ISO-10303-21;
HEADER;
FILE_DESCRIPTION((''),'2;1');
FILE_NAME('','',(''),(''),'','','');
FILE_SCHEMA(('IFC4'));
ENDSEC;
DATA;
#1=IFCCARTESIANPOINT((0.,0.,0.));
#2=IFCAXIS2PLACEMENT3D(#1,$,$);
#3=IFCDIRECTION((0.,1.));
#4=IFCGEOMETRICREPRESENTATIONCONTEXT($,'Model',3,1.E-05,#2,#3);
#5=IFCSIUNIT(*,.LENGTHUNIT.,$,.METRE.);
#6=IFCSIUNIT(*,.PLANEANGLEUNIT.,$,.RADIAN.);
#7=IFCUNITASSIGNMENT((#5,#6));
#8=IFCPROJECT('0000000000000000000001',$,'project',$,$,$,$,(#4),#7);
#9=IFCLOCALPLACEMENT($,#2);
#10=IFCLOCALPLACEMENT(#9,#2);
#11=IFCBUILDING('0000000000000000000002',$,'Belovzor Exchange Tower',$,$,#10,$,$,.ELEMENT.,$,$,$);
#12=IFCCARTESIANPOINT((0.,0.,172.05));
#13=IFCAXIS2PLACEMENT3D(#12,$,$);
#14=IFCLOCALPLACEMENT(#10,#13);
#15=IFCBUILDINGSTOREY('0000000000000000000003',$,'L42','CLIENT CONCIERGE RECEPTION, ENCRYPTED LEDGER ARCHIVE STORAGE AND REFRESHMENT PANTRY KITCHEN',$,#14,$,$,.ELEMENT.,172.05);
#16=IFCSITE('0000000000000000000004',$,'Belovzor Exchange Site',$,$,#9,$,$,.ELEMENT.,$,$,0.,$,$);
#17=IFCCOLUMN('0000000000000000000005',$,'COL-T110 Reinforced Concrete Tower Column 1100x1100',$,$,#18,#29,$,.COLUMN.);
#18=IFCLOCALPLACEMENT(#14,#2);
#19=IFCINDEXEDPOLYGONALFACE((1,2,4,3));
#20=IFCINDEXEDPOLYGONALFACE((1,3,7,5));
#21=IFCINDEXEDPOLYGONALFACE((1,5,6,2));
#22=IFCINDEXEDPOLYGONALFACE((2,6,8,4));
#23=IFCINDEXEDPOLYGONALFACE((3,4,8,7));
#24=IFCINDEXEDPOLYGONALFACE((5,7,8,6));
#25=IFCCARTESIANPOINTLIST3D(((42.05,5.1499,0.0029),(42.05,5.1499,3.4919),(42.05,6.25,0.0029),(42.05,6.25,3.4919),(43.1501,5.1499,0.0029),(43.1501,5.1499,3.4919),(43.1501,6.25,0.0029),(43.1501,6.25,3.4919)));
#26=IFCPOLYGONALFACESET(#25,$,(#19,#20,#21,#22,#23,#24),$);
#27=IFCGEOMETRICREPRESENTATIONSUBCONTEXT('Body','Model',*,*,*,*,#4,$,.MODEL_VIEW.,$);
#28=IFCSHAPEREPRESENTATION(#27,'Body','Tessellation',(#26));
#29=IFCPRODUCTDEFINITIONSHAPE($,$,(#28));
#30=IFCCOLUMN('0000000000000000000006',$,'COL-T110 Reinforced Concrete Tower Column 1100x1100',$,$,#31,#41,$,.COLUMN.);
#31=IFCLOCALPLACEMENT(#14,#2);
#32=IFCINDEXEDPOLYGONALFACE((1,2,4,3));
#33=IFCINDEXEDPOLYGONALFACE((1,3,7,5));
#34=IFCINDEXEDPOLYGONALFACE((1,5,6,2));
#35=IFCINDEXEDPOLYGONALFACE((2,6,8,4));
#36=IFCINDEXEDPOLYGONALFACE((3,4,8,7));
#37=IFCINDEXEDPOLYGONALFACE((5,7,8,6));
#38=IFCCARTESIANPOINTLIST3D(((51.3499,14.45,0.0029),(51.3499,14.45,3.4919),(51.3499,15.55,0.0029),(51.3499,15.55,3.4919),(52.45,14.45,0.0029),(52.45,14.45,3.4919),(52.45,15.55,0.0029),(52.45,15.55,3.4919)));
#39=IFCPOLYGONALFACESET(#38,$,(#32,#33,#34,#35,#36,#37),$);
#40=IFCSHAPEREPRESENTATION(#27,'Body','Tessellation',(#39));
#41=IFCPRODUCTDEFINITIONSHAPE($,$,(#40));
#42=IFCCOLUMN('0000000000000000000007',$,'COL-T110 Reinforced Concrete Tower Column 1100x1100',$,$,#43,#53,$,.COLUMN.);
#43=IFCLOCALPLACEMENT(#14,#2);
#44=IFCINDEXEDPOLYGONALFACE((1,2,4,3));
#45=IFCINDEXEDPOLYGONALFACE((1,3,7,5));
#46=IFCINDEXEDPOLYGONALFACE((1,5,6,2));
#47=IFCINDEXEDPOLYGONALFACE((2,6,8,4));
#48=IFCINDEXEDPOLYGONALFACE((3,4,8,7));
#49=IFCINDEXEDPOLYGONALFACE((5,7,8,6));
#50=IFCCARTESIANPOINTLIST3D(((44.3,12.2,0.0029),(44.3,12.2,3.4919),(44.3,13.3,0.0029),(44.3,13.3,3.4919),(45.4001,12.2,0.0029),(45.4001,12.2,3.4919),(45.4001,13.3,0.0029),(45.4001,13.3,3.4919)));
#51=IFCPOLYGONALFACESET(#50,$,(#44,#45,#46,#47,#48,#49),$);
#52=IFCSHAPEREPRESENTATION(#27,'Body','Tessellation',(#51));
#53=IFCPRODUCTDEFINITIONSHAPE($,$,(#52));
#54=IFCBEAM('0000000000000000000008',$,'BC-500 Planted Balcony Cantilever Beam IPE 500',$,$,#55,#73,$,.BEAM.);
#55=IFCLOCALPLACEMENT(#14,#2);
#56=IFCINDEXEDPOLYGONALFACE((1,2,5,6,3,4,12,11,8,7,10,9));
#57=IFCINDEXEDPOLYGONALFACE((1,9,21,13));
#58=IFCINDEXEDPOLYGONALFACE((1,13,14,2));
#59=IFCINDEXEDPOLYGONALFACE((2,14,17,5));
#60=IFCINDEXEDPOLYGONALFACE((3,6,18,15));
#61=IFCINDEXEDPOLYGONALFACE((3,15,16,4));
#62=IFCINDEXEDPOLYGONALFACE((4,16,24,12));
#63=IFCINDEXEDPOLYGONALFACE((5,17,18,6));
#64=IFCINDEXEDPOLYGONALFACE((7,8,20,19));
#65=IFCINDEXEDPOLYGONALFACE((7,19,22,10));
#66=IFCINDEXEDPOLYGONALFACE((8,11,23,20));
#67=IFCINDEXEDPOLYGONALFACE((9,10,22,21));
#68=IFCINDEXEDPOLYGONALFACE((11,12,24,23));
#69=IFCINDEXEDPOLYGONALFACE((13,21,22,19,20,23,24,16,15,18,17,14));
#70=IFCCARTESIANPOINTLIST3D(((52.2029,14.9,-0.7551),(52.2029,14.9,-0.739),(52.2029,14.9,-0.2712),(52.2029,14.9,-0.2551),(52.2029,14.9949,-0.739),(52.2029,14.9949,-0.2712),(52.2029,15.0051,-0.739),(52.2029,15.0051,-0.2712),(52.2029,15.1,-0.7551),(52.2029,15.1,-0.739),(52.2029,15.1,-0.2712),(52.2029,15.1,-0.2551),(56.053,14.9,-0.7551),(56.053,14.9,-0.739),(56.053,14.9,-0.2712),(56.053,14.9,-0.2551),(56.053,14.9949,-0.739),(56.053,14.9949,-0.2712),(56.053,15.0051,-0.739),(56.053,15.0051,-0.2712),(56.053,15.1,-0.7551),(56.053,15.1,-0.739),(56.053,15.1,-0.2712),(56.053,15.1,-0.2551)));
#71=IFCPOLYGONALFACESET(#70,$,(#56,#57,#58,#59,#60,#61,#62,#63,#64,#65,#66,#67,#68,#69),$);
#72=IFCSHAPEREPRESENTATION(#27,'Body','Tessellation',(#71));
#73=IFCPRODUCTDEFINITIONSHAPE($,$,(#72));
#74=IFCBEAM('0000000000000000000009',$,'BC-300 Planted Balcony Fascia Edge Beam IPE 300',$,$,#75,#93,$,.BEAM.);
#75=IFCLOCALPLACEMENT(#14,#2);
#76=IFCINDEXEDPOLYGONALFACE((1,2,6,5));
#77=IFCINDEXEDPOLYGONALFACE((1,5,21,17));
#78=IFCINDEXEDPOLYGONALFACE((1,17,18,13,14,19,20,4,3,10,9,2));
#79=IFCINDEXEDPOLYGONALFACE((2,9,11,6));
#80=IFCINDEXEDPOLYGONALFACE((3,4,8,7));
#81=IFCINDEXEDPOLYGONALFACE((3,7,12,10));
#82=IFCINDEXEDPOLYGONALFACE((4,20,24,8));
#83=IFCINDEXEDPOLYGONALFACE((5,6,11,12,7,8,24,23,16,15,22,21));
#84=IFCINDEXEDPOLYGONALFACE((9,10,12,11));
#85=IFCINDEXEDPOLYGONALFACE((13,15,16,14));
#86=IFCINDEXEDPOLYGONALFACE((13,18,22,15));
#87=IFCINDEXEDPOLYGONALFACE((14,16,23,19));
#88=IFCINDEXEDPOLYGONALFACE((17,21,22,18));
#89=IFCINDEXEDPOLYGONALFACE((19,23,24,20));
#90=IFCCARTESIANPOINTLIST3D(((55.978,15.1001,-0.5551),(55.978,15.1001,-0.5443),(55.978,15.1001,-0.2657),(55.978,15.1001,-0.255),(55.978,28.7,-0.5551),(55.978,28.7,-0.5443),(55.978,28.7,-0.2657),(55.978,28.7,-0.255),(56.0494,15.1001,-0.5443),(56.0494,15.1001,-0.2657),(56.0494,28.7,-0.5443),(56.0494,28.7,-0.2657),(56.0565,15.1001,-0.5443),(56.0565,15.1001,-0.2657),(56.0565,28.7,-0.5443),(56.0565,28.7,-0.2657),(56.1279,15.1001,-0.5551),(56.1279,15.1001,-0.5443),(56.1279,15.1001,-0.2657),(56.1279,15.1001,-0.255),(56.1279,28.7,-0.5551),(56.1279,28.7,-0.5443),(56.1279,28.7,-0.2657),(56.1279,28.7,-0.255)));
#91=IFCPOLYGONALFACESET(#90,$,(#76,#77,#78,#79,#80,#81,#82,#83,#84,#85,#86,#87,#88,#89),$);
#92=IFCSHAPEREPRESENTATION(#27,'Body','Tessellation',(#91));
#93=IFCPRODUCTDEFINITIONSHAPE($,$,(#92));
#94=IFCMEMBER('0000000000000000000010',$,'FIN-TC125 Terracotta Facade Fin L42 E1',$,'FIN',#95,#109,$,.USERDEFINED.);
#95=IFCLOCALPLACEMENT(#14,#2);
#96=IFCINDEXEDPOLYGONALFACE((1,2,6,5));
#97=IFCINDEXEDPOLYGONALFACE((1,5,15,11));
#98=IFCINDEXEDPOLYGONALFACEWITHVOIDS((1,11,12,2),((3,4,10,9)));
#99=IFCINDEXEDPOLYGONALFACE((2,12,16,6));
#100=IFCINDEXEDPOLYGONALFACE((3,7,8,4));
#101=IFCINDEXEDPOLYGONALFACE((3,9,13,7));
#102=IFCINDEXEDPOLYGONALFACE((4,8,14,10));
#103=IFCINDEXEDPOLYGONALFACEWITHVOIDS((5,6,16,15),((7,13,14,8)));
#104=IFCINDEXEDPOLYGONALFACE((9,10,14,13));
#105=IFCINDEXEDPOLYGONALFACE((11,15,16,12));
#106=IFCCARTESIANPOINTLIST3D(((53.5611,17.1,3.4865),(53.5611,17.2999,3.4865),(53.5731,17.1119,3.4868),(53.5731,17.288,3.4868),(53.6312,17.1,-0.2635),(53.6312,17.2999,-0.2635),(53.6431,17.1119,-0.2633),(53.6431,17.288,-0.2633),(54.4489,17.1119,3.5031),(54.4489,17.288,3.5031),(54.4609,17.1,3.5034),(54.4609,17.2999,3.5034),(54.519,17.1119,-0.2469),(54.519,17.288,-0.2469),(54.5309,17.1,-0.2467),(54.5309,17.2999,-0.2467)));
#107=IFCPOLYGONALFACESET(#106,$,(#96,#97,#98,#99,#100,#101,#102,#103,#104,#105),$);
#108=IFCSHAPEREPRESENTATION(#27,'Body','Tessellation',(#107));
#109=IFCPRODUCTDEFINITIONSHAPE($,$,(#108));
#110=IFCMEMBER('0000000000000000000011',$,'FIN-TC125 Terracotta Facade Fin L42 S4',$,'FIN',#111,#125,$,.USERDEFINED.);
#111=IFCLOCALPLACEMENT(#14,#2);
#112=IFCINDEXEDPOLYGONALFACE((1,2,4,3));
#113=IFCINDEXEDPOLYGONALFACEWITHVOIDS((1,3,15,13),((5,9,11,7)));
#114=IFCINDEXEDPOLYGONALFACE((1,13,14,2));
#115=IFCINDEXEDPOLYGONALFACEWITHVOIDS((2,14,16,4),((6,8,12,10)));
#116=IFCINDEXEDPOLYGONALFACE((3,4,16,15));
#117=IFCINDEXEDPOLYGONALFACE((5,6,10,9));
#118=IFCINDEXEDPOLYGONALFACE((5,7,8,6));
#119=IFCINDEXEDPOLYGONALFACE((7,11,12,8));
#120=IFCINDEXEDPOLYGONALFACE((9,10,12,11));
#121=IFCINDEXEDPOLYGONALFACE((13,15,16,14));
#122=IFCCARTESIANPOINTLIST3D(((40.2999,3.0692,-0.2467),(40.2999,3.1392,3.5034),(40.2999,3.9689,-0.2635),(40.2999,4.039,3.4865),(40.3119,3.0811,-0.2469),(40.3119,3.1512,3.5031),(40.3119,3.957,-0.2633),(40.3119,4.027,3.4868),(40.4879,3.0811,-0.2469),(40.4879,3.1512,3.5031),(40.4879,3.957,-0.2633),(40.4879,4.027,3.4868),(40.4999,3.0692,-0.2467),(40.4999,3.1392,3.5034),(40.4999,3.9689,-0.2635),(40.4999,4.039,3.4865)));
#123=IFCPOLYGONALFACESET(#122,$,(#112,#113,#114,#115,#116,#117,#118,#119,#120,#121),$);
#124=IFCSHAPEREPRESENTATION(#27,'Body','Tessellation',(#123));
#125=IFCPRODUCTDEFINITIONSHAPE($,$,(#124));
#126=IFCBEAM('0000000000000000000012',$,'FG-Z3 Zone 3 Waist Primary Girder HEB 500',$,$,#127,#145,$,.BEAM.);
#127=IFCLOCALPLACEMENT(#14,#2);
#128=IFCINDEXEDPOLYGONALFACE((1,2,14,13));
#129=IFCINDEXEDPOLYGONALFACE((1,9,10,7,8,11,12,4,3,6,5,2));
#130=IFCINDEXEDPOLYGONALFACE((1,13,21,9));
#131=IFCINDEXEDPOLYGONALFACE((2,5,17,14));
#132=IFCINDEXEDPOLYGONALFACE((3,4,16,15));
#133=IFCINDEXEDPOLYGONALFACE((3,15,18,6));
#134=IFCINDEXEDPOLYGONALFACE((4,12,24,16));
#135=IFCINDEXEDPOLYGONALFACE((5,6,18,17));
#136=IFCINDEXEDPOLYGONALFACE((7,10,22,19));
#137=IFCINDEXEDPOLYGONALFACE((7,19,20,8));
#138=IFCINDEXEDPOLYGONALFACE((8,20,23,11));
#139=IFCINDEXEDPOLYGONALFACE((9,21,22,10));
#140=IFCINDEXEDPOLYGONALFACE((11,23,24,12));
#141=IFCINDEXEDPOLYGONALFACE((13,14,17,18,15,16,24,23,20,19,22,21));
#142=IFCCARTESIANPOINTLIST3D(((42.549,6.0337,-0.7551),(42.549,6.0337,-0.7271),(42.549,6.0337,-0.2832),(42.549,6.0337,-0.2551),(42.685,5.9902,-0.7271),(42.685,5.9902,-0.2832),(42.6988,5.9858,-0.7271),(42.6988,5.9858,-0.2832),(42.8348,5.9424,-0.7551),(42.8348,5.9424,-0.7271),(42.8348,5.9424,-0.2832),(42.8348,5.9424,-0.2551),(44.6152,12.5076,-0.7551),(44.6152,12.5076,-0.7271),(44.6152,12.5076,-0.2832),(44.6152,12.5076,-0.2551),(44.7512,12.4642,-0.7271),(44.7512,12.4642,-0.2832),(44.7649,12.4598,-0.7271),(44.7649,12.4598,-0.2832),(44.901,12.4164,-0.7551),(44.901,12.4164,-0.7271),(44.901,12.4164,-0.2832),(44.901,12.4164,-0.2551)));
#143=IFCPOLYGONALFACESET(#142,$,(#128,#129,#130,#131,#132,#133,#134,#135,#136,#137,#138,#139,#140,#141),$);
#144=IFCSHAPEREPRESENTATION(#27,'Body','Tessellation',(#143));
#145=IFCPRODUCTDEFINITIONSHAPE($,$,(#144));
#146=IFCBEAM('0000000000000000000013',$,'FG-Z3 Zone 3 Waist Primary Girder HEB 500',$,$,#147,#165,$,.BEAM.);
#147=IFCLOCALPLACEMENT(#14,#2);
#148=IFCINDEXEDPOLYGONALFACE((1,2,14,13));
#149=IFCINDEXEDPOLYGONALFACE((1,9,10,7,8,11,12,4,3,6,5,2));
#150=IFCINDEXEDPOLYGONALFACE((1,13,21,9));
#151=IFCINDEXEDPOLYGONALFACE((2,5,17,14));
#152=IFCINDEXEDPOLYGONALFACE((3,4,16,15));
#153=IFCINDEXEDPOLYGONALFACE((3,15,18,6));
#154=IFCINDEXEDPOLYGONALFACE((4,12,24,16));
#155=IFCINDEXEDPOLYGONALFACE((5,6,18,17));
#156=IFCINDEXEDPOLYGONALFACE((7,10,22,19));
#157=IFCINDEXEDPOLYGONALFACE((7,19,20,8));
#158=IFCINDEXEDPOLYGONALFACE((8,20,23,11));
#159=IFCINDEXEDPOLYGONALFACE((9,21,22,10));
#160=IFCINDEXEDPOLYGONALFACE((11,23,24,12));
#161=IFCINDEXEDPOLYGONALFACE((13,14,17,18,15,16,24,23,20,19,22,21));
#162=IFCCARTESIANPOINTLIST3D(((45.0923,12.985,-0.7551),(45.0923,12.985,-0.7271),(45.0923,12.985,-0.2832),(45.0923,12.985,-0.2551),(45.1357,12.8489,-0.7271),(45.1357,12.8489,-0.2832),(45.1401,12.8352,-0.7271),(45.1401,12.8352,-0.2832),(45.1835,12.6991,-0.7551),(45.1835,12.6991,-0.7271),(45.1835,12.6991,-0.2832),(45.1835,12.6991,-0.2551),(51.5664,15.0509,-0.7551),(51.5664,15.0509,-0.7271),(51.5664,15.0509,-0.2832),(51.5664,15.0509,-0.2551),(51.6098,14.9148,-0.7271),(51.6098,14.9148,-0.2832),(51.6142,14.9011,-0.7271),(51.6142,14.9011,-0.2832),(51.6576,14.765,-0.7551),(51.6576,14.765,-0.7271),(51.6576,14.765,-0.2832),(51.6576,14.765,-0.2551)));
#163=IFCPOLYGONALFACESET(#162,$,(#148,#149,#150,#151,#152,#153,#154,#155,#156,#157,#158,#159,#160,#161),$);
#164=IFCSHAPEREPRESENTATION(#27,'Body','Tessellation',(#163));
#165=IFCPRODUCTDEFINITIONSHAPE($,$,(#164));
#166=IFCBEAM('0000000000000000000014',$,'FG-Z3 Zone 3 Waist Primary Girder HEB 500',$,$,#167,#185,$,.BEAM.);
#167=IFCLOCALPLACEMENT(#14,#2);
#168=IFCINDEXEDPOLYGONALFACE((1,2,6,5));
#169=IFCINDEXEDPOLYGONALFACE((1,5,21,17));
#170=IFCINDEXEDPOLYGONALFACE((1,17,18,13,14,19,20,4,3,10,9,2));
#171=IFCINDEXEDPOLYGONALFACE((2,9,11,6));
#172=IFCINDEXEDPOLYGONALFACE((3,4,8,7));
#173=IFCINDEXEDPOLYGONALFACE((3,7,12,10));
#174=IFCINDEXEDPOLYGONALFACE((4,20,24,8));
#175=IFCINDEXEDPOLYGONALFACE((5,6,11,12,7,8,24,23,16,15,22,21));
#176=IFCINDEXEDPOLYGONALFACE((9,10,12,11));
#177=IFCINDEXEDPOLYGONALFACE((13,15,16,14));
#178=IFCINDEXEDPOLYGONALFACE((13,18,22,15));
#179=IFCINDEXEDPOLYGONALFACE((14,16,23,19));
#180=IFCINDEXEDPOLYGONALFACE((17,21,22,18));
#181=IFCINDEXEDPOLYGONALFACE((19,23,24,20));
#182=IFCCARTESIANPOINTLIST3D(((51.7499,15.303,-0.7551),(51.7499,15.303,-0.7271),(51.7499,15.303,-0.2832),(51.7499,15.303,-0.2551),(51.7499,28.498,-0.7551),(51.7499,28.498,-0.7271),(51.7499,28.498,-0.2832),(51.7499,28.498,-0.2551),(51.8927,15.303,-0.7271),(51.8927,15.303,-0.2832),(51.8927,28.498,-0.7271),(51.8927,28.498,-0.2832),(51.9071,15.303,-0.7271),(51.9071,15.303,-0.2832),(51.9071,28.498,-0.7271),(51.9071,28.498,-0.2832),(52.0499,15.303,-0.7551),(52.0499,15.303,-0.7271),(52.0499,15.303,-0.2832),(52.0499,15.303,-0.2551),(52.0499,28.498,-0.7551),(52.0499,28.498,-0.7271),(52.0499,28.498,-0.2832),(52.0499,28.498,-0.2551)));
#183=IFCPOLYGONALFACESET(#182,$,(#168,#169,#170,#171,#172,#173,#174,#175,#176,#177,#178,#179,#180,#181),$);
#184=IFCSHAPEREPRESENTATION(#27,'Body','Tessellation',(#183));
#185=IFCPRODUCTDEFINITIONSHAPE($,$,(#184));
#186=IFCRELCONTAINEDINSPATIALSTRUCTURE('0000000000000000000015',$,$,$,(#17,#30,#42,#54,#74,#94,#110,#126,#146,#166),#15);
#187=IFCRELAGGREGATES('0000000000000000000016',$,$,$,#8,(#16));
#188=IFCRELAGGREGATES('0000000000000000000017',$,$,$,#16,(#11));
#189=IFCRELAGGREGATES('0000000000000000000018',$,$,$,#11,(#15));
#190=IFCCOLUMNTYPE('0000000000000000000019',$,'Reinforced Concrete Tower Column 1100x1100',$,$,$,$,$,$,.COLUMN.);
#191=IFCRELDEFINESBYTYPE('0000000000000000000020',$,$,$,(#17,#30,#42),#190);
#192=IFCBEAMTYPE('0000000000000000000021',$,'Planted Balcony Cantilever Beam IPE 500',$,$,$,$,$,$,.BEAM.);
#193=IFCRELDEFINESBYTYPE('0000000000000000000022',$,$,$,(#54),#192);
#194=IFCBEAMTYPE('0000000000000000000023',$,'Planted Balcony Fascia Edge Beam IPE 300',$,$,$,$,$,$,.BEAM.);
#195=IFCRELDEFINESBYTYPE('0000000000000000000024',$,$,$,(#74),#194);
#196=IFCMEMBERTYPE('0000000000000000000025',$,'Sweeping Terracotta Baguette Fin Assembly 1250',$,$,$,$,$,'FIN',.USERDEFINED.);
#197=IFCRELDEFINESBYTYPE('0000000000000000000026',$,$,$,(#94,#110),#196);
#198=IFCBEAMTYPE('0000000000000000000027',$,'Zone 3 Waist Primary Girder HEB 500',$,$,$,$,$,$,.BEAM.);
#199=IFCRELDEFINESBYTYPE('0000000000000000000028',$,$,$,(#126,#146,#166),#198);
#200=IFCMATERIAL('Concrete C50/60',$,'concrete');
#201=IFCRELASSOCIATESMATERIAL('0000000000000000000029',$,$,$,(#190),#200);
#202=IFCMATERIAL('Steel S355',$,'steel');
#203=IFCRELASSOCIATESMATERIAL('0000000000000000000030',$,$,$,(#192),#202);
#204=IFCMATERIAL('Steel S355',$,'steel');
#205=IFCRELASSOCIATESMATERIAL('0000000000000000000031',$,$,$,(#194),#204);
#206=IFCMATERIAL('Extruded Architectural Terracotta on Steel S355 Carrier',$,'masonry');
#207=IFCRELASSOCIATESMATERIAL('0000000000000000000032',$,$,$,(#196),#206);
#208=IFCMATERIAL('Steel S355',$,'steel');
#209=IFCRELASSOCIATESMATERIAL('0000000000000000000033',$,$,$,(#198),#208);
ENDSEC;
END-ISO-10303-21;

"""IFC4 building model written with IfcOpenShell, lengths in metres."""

from ifc_helpers import new_model, si_unit, direction, frame, origin, origin_2d, place, context, subcontext, project, spatial, rectangle, hollow_rectangle, i_section, extrude, material, material_profile, profile_set, type_object, element, save


model = new_model("IFC4")

# Units and contexts
model_context = context("Model", 3, precision=1e-05, world=origin(), true_north=direction((0.0, 1.0)))
body_context = subcontext(model_context, "Body", "Model", "MODEL_VIEW")
ifc_project = project(units=[si_unit("LENGTHUNIT", "METRE"), si_unit("PLANEANGLEUNIT", "RADIAN")], contexts=[model_context])

# Site, building, storey
site_placement = place(None, origin())
site = spatial("IfcSite", under=ifc_project, at=site_placement, Name="Belovzor Exchange Site", CompositionType="ELEMENT", RefElevation=0.0)
building_placement = place(site_placement, origin())
building = spatial("IfcBuilding", under=site, at=building_placement, Name="Belovzor Exchange Tower", CompositionType="ELEMENT")
storey_placement = place(building_placement, frame((0.0, 0.0, 172.05)))
storey = spatial("IfcBuildingStorey", under=building, at=storey_placement, Name="L42", Description="CLIENT CONCIERGE RECEPTION, ENCRYPTED LEDGER ARCHIVE STORAGE AND REFRESHMENT PANTRY KITCHEN", CompositionType="ELEMENT", Elevation=172.05)

# Columns
ifc_material_1 = material(Name="Concrete C50/60", Category="concrete")
ifc_material_profile_1 = material_profile(ifc_material_1, rectangle(XDim=1.1001, YDim=1.1001, at=origin_2d()))
ifc_profile_set_1 = profile_set([ifc_material_profile_1], Name="Concrete C50/60")
column_type = type_object("IfcColumnType", Name="Reinforced Concrete Tower Column 1100x1100", PredefinedType="COLUMN", material=ifc_profile_set_1)
for number, where, z_axis, x_axis, name in (
    (1, (42.6001, 5.7, 0.0029), (0.0, 0.0, 1.0), (1.0, 0.0, 0.0), "COL-T110 Reinforced Concrete Tower Column 1100x1100"),
    (2, (51.8999, 15.0, 0.0029), (0.0, 0.0, 1.0), (1.0, 0.0, 0.0), "COL-T110 Reinforced Concrete Tower Column 1100x1100"),
    (3, (44.8501, 12.75, 0.0029), (0.0, 0.0, 1.0), (1.0, 0.0, 0.0), "COL-T110 Reinforced Concrete Tower Column 1100x1100"),
):
    element("IfcColumn", number, at=place(storey_placement, frame(where, z_axis=z_axis, x_axis=x_axis)), inside=storey, type_object=column_type, Name=name, PredefinedType="COLUMN", context=body_context, shape_type="SweptSolid", body=[
        extrude(rectangle(XDim=1.1001, YDim=1.1001, at=origin_2d()), origin(), (0.0, 0.0, 1.0), 3.489),
    ])

# Beams
ifc_material_2 = material(Name="Steel S355", Category="steel")
ifc_material_profile_2 = material_profile(ifc_material_2, i_section(OverallWidth=0.2, OverallDepth=0.5, WebThickness=0.0103, FlangeThickness=0.0161, at=origin_2d()))
ifc_profile_set_2 = profile_set([ifc_material_profile_2], Name="Steel S355")
beam_type_1 = type_object("IfcBeamType", Name="Planted Balcony Cantilever Beam IPE 500", PredefinedType="BEAM", material=ifc_profile_set_2)
beam_1_placement = place(storey_placement, frame((52.2029, 15.0, -0.5051), z_axis=(1.0, 0.0, 0.0), x_axis=(0.0, 1.0, 0.0)))
element("IfcBeam", 4, at=beam_1_placement, inside=storey, type_object=beam_type_1, Name="BC-500 Planted Balcony Cantilever Beam IPE 500", PredefinedType="BEAM", context=body_context, shape_type="SweptSolid", body=[
    extrude(i_section(OverallWidth=0.2, OverallDepth=0.5, WebThickness=0.0103, FlangeThickness=0.0161, at=origin_2d()), origin(), (0.0, 0.0, 1.0), 3.8501),
])
ifc_material_3 = material(Name="Steel S355", Category="steel")
ifc_material_profile_3 = material_profile(ifc_material_3, i_section(OverallWidth=0.1499, OverallDepth=0.3, WebThickness=0.0071, FlangeThickness=0.0107, at=origin_2d()))
ifc_profile_set_3 = profile_set([ifc_material_profile_3], Name="Steel S355")
beam_type_2 = type_object("IfcBeamType", Name="Planted Balcony Fascia Edge Beam IPE 300", PredefinedType="BEAM", material=ifc_profile_set_3)
beam_2_placement = place(storey_placement, frame((56.053, 15.1001, -0.405), z_axis=(0.0, 1.0, 0.0), x_axis=(-1.0, 0.0, 0.0)))
element("IfcBeam", 5, at=beam_2_placement, inside=storey, type_object=beam_type_2, Name="BC-300 Planted Balcony Fascia Edge Beam IPE 300", PredefinedType="BEAM", context=body_context, shape_type="SweptSolid", body=[
    extrude(i_section(OverallWidth=0.1499, OverallDepth=0.3, WebThickness=0.0071, FlangeThickness=0.0107, at=origin_2d()), origin(), (0.0, 0.0, 1.0), 13.5999),
])

# Members
ifc_material_4 = material(Name="Extruded Architectural Terracotta on Steel S355 Carrier", Category="masonry")
ifc_material_profile_4 = material_profile(ifc_material_4, hollow_rectangle(XDim=0.2, YDim=0.8999, WallThickness=0.012, at=origin_2d()))
ifc_profile_set_4 = profile_set([ifc_material_profile_4], Name="Extruded Architectural Terracotta on Steel S355 Carrier")
member_type = type_object("IfcMemberType", Name="Sweeping Terracotta Baguette Fin Assembly 1250", ElementType="FIN", PredefinedType="USERDEFINED", material=ifc_profile_set_4)
for number, where, z_axis, x_axis, name in (
    (6, (54.0811, 17.2, -0.2551), (-0.018682, 0.0, 0.999825), (0.0, -1.0, 0.0), "FIN-TC125 Terracotta Facade Fin L42 E1"),
    (7, (40.3999, 3.519, -0.2551), (0.0, 0.018682, 0.999825), (-1.0, 0.0, 0.0), "FIN-TC125 Terracotta Facade Fin L42 S4"),
):
    element("IfcMember", number, at=place(storey_placement, frame(where, z_axis=z_axis, x_axis=x_axis)), inside=storey, type_object=member_type, Name=name, ObjectType="FIN", PredefinedType="USERDEFINED", context=body_context, shape_type="SweptSolid", body=[
        extrude(hollow_rectangle(XDim=0.2, YDim=0.8999, WallThickness=0.012, at=origin_2d()), origin(), (0.0, 0.0, 1.0), 3.7507),
    ])

# Beams
ifc_material_5 = material(Name="Steel S355", Category="steel")
ifc_material_profile_5 = material_profile(ifc_material_5, i_section(OverallWidth=0.3, OverallDepth=0.5, WebThickness=0.0144, FlangeThickness=0.0281, at=origin_2d()))
ifc_profile_set_5 = profile_set([ifc_material_profile_5], Name="Steel S355")
beam_type_3 = type_object("IfcBeamType", Name="Zone 3 Waist Primary Girder HEB 500", PredefinedType="BEAM", material=ifc_profile_set_5)
for number, where, z_axis, x_axis, name in (
    (8, (42.6919, 5.988, -0.5051), (0.304044, 0.952658, 0.0), (-0.952658, 0.304044, 0.0), "FG-Z3 Zone 3 Waist Primary Girder HEB 500"),
    (9, (45.1379, 12.842, -0.5051), (0.952672, 0.304001, 0.0), (-0.304001, 0.952672, 0.0), "FG-Z3 Zone 3 Waist Primary Girder HEB 500"),
):
    element("IfcBeam", number, at=place(storey_placement, frame(where, z_axis=z_axis, x_axis=x_axis)), inside=storey, type_object=beam_type_3, Name=name, PredefinedType="BEAM", context=body_context, shape_type="SweptSolid", body=[
        extrude(i_section(OverallWidth=0.3, OverallDepth=0.5, WebThickness=0.0144, FlangeThickness=0.0281, at=origin_2d()), origin(), (0.0, 0.0, 1.0), 6.7957),
    ])
beam_3_placement = place(storey_placement, frame((51.8999, 15.303, -0.5051), z_axis=(0.0, 1.0, 0.0), x_axis=(-1.0, 0.0, 0.0)))
element("IfcBeam", 10, at=beam_3_placement, inside=storey, type_object=beam_type_3, Name="FG-Z3 Zone 3 Waist Primary Girder HEB 500", PredefinedType="BEAM", context=body_context, shape_type="SweptSolid", body=[
    extrude(i_section(OverallWidth=0.3, OverallDepth=0.5, WebThickness=0.0144, FlangeThickness=0.0281, at=origin_2d()), origin(), (0.0, 0.0, 1.0), 13.1951),
])

save(model, "model.ifc")
